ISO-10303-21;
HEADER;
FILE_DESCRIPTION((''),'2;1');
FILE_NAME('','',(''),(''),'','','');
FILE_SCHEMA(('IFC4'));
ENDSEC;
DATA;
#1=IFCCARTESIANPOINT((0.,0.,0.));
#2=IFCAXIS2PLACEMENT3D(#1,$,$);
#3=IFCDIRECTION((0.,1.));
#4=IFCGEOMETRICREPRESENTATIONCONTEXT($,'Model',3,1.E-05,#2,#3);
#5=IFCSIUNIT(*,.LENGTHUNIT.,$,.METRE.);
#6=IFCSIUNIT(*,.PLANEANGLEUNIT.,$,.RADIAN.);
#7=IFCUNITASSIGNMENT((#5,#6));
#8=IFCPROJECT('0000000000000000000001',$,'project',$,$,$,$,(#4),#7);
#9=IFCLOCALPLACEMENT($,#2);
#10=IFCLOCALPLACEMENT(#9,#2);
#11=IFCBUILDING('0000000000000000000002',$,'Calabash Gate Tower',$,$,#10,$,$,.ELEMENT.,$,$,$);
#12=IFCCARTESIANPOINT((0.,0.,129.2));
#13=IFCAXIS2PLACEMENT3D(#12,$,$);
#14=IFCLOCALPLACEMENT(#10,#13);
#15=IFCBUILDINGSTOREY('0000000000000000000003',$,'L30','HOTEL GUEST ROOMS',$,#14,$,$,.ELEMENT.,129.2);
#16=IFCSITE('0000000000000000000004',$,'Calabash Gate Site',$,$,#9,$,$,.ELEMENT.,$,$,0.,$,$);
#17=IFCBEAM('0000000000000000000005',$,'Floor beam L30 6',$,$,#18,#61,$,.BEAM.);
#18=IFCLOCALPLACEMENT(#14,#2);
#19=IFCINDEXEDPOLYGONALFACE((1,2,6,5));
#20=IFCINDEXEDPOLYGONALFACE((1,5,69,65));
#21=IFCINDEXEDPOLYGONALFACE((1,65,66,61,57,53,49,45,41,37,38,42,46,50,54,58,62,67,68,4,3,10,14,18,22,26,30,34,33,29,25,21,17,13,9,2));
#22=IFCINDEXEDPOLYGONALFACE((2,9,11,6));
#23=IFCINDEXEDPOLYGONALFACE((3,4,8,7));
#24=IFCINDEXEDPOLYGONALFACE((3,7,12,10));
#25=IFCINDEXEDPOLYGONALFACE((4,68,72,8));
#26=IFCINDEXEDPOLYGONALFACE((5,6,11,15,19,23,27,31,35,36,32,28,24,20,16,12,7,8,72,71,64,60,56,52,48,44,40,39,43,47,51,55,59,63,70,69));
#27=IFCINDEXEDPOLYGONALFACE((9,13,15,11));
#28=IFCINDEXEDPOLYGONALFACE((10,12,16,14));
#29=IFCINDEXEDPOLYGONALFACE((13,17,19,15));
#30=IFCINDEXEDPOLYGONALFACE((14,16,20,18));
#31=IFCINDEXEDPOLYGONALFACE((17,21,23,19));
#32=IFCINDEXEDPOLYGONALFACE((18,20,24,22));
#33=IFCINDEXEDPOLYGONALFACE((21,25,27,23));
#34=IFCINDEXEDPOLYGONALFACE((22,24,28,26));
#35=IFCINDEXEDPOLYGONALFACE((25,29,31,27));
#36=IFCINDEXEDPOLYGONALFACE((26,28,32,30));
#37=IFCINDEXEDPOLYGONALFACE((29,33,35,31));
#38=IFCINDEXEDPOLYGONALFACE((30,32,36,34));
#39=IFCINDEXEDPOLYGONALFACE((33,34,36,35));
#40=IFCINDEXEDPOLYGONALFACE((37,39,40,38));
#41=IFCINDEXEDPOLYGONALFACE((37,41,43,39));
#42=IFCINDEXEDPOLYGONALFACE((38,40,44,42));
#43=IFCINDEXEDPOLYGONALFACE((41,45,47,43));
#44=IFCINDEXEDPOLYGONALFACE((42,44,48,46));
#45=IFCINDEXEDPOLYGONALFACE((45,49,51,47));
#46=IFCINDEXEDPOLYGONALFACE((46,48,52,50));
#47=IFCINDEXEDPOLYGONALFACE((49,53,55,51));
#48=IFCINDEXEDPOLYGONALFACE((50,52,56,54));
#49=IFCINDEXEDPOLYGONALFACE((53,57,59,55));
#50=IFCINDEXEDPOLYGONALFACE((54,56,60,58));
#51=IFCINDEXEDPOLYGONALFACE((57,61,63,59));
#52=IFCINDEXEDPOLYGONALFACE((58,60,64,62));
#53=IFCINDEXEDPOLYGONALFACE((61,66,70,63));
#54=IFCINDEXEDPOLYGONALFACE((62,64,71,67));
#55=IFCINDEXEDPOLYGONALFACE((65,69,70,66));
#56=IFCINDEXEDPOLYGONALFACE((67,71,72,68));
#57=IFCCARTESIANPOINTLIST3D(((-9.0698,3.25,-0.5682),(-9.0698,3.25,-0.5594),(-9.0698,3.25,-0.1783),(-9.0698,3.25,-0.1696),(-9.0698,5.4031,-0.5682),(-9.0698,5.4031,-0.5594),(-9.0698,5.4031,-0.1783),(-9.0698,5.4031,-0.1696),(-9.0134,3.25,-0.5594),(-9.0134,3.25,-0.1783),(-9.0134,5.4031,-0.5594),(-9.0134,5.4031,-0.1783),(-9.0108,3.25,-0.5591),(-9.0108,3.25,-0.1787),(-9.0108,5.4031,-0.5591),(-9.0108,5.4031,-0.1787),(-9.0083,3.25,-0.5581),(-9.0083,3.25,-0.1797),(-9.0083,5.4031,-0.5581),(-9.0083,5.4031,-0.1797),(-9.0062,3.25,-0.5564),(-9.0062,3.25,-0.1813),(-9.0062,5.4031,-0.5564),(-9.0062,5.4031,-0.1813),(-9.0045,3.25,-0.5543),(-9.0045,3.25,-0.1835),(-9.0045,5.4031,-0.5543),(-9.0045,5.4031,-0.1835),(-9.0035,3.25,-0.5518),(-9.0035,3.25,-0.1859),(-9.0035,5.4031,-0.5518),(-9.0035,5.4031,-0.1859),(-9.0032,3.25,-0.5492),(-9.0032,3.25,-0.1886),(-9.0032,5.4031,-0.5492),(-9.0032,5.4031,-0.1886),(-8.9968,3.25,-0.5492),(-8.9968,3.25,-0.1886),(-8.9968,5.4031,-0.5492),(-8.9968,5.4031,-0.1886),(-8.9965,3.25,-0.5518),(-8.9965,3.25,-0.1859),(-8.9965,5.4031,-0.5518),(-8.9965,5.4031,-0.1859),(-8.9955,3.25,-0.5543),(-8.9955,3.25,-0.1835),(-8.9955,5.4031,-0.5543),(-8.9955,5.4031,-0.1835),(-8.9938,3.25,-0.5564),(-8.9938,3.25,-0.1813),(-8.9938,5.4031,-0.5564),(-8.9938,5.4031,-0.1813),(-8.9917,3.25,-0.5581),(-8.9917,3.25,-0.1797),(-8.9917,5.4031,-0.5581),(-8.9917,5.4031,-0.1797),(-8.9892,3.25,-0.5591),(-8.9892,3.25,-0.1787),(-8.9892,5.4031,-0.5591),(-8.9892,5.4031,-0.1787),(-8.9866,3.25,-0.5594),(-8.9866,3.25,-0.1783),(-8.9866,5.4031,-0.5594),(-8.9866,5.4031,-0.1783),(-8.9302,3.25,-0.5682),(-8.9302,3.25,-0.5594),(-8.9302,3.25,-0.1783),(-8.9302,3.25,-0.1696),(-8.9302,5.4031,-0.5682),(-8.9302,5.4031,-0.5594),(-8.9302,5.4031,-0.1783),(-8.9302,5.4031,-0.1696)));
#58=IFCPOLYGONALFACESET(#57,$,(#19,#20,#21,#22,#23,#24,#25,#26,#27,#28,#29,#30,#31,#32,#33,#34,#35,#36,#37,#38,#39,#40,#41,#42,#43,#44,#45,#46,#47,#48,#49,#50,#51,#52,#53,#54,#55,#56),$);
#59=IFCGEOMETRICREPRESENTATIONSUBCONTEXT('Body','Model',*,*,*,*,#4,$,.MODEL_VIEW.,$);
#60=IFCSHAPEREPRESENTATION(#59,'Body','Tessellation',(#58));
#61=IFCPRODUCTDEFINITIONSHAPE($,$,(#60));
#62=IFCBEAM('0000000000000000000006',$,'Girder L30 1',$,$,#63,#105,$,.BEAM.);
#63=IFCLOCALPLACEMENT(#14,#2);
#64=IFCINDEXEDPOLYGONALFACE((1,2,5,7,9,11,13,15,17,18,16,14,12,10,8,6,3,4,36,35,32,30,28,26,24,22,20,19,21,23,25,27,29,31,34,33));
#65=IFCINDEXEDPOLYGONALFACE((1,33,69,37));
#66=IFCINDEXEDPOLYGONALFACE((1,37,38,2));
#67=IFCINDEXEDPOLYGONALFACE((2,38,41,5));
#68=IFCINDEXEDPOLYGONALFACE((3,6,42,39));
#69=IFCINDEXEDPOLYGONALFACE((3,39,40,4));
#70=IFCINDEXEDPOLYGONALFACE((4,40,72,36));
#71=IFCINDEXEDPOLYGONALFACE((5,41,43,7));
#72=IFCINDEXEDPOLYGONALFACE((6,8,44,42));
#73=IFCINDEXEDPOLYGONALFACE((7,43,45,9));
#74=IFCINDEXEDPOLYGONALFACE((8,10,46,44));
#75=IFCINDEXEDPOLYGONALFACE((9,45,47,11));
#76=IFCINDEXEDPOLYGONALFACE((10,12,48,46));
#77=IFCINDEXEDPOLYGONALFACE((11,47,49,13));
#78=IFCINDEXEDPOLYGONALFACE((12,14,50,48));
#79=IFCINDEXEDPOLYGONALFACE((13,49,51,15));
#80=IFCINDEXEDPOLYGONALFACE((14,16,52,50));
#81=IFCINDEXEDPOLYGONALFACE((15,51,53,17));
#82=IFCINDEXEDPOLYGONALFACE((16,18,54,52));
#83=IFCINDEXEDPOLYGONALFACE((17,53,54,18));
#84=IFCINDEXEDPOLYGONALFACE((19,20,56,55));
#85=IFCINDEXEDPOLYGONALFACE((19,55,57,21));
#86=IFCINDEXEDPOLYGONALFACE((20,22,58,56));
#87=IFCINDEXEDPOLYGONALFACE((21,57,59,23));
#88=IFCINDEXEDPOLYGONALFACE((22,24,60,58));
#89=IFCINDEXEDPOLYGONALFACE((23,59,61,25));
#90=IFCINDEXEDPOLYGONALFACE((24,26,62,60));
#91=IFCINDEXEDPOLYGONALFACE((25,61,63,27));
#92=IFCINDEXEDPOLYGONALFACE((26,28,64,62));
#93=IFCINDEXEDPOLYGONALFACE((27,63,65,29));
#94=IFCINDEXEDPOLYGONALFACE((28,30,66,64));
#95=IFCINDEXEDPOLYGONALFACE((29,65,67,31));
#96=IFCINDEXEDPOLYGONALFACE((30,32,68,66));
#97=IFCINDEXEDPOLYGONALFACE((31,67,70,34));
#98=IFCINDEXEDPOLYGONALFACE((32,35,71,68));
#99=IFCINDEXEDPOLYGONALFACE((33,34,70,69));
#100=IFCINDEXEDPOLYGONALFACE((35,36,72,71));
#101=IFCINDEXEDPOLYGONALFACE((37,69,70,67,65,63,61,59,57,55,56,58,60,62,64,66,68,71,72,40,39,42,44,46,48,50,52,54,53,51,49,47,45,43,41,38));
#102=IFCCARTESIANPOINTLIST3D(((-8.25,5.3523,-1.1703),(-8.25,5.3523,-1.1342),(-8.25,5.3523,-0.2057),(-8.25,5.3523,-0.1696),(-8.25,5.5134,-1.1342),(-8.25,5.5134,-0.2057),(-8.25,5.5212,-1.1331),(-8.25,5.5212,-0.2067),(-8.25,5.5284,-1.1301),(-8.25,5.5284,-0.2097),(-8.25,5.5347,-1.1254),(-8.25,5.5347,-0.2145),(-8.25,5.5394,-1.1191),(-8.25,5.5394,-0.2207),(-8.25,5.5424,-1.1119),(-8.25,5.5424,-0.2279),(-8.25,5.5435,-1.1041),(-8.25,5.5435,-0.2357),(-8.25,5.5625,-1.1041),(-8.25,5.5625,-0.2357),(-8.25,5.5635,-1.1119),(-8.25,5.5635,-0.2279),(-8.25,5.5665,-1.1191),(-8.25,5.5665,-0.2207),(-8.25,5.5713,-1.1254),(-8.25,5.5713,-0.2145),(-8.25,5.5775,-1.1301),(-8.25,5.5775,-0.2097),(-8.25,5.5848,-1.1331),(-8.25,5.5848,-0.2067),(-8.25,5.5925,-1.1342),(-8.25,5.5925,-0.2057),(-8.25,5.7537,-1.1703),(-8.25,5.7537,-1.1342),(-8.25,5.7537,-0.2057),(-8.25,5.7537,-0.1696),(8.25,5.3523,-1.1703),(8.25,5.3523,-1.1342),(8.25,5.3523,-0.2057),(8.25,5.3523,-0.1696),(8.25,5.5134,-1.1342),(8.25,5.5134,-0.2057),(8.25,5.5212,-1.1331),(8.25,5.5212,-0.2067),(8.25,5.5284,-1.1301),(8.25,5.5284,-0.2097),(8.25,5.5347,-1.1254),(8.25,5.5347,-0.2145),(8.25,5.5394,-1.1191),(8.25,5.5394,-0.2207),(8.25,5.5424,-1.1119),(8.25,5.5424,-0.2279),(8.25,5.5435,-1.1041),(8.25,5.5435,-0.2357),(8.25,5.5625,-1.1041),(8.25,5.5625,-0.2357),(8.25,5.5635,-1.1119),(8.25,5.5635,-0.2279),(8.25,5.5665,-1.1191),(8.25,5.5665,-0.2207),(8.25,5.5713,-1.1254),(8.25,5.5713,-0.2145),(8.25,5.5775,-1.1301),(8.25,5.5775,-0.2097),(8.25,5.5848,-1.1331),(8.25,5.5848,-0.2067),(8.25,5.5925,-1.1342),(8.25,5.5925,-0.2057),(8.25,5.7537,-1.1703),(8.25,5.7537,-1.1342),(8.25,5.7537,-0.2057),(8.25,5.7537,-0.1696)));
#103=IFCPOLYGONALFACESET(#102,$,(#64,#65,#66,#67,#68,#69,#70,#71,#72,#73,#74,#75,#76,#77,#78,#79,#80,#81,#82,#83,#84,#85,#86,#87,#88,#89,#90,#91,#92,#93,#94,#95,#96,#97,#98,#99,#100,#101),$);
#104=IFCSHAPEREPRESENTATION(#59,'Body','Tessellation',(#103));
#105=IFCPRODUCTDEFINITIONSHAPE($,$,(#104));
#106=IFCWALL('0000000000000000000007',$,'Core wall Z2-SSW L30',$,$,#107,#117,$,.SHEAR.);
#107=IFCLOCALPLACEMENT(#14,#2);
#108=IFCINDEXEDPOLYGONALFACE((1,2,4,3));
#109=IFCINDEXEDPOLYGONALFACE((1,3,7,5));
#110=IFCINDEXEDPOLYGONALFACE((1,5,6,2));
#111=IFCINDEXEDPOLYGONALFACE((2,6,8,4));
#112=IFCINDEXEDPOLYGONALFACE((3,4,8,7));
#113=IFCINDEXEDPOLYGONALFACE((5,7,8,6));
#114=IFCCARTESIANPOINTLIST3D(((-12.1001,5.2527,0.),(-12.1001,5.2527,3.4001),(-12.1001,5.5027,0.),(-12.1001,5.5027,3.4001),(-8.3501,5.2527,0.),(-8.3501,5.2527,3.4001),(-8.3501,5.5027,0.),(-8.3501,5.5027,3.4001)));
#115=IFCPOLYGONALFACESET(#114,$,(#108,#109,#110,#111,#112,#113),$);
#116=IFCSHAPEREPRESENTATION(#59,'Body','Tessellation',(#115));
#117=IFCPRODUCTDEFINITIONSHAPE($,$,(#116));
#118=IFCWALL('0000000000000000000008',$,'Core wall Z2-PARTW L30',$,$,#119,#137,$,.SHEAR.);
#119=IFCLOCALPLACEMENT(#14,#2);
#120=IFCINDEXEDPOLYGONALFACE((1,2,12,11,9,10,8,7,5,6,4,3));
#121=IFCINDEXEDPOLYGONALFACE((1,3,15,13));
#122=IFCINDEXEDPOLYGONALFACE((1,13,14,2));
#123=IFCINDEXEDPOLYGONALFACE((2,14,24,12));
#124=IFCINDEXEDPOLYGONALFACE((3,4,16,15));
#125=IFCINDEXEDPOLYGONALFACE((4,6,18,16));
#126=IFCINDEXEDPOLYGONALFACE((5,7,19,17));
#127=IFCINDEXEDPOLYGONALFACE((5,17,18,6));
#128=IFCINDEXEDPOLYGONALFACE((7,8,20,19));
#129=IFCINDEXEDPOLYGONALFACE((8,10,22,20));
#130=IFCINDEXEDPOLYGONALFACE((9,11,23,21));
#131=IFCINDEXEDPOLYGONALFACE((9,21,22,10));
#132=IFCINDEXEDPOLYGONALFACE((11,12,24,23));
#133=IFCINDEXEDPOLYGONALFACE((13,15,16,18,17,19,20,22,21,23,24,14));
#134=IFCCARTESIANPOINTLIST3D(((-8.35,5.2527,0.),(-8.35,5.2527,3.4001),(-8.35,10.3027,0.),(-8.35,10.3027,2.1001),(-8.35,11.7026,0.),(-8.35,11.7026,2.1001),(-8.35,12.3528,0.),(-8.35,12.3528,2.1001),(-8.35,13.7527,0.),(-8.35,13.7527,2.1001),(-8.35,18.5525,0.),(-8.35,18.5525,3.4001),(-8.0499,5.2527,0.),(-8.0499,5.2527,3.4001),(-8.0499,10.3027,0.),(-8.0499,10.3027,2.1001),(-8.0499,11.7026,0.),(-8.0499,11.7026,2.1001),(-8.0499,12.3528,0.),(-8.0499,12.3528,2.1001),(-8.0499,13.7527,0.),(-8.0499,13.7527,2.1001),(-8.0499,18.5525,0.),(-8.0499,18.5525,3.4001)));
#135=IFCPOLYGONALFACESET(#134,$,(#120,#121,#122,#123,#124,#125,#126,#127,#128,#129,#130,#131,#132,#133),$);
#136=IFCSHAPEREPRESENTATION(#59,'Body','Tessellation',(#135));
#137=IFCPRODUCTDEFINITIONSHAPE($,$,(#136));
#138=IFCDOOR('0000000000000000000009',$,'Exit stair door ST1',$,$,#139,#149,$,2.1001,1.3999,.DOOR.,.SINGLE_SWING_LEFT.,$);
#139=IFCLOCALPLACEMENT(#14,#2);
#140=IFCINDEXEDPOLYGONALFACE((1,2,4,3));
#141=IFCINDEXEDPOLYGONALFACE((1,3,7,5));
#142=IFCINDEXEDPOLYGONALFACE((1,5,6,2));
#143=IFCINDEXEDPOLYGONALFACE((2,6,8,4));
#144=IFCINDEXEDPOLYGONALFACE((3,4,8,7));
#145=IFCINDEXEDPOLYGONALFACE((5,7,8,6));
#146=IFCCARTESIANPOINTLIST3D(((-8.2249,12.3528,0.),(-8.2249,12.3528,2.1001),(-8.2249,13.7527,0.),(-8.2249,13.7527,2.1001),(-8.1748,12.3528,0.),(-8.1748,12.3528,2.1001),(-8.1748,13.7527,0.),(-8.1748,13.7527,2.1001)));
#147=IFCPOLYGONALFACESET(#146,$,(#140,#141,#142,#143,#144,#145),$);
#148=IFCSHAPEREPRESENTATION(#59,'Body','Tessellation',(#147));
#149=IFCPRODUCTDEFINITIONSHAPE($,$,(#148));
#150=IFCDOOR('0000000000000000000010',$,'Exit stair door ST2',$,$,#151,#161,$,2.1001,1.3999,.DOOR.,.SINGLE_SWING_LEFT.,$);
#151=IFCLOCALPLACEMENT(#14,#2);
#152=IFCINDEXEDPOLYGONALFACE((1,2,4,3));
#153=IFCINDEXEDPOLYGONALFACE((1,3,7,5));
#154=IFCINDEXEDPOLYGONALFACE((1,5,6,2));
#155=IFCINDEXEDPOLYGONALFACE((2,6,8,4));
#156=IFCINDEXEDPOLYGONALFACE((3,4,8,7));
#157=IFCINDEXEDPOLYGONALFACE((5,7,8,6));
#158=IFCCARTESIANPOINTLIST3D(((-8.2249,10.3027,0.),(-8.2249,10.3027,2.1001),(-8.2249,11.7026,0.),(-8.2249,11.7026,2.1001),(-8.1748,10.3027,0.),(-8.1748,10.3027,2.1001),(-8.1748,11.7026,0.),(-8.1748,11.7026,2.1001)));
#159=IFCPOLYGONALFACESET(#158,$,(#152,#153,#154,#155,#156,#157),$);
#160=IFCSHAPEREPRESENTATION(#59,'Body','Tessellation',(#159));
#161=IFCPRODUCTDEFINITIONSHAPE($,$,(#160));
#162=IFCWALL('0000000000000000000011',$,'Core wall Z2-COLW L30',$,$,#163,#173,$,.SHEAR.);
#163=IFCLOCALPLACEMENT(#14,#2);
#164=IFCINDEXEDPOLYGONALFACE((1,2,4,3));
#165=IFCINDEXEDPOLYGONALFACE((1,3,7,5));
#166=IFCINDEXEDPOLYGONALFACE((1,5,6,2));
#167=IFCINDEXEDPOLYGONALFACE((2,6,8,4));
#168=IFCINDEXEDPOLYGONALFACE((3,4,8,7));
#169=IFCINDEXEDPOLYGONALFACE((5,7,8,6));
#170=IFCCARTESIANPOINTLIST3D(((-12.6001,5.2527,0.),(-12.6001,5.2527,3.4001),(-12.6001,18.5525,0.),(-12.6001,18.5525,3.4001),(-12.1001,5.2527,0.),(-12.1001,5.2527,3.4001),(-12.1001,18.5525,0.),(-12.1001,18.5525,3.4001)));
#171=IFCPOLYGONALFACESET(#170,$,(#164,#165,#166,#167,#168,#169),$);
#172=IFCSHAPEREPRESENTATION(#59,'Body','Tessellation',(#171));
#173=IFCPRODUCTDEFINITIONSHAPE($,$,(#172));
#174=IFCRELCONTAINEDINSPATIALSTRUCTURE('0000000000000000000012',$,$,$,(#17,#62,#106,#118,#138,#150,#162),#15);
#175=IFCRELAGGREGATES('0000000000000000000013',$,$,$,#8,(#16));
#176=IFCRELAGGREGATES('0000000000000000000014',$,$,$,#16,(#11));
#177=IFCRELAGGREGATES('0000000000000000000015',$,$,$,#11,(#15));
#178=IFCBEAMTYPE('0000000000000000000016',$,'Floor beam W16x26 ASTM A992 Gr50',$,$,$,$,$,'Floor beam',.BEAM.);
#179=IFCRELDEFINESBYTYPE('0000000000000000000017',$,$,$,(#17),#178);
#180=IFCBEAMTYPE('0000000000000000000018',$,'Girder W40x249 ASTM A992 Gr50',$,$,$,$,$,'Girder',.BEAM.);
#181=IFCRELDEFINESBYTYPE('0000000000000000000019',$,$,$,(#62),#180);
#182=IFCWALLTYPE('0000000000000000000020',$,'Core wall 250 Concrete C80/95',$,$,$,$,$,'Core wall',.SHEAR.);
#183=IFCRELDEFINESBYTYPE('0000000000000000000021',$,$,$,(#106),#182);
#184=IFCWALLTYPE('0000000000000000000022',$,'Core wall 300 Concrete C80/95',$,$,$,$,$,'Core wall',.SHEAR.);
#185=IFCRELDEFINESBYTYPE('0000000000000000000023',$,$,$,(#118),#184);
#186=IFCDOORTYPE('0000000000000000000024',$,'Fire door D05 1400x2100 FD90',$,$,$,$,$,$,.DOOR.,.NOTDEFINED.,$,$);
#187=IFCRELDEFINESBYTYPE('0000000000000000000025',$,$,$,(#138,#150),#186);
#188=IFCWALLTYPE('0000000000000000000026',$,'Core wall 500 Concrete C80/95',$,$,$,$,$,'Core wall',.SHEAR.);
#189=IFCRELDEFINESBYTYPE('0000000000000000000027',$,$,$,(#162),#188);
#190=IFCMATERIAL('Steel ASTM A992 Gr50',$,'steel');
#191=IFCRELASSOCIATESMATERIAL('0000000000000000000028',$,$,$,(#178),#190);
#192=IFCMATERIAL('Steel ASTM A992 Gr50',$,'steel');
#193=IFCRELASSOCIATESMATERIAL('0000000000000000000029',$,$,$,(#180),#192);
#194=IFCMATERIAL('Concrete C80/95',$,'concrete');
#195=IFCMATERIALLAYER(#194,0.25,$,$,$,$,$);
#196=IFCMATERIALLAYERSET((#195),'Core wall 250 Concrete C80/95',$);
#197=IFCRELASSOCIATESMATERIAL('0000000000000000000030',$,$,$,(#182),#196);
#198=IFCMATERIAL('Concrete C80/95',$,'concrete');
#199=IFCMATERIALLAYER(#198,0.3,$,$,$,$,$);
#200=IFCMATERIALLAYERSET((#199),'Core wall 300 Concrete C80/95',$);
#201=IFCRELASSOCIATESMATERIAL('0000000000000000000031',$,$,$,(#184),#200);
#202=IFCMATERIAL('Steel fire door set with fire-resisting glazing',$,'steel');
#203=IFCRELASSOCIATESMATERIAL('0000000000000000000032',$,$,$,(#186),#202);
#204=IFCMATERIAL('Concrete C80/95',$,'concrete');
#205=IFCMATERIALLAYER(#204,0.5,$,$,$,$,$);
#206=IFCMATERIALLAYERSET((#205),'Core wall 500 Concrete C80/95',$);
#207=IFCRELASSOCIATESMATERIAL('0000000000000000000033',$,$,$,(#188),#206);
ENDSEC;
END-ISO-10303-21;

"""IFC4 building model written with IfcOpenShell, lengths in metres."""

from ifc_helpers import new_model, si_unit, direction, frame, frame_2d, origin, origin_2d, place, context, subcontext, project, spatial, rectangle, i_section, extrude, material, layer, layer_set, material_profile, profile_set, type_object, element, fill, save


model = new_model("IFC4")

# Units and contexts
model_context = context("Model", 3, precision=1e-05, world=origin(), true_north=direction((0.0, 1.0)))
body_context = subcontext(model_context, "Body", "Model", "MODEL_VIEW")
ifc_project = project(units=[si_unit("LENGTHUNIT", "METRE"), si_unit("PLANEANGLEUNIT", "RADIAN")], contexts=[model_context])

# Site, building, storey
site_placement = place(None, origin())
site = spatial("IfcSite", under=ifc_project, at=site_placement, Name="Calabash Gate Site", CompositionType="ELEMENT", RefElevation=0.0)
building_placement = place(site_placement, origin())
building = spatial("IfcBuilding", under=site, at=building_placement, Name="Calabash Gate Tower", CompositionType="ELEMENT")
storey_placement = place(building_placement, frame((0.0, 0.0, 129.2)))
storey = spatial("IfcBuildingStorey", under=building, at=storey_placement, Name="L30", Description="HOTEL GUEST ROOMS", CompositionType="ELEMENT", Elevation=129.2)

# Beams
ifc_material_1 = material(Name="Steel ASTM A992 Gr50", Category="steel")
ifc_material_profile_1 = material_profile(ifc_material_1, i_section(OverallWidth=0.1396, OverallDepth=0.3987, WebThickness=0.0063, FlangeThickness=0.0088, FilletRadius=0.0103, at=origin_2d()))
ifc_profile_set_1 = profile_set([ifc_material_profile_1], Name="Steel ASTM A992 Gr50")
beam_type_1 = type_object("IfcBeamType", Name="Floor beam W16x26 ASTM A992 Gr50", ElementType="Floor beam", PredefinedType="BEAM", material=ifc_profile_set_1)
beam_1_placement = place(storey_placement, frame((-9.0, 3.25, -0.3689), z_axis=(0.0, 1.0, 0.0), x_axis=(-1.0, 0.0, 0.0)))
element("IfcBeam", 1, at=beam_1_placement, inside=storey, type_object=beam_type_1, Name="Floor beam L30 6", PredefinedType="BEAM", context=body_context, shape_type="SweptSolid", body=[
    extrude(i_section(OverallWidth=0.1396, OverallDepth=0.3987, WebThickness=0.0063, FlangeThickness=0.0088, FilletRadius=0.0103, at=origin_2d()), origin(), (0.0, 0.0, 1.0), 2.1531),
])
ifc_material_2 = material(Name="Steel ASTM A992 Gr50", Category="steel")
ifc_material_profile_2 = material_profile(ifc_material_2, i_section(OverallWidth=0.4014, OverallDepth=1.0007, WebThickness=0.019, FlangeThickness=0.0361, FilletRadius=0.03, at=origin_2d()))
ifc_profile_set_2 = profile_set([ifc_material_profile_2], Name="Steel ASTM A992 Gr50")
beam_type_2 = type_object("IfcBeamType", Name="Girder W40x249 ASTM A992 Gr50", ElementType="Girder", PredefinedType="BEAM", material=ifc_profile_set_2)
beam_2_placement = place(storey_placement, frame((-8.25, 5.553, -0.6699), z_axis=(1.0, 0.0, 0.0), x_axis=(0.0, 1.0, 0.0)))
element("IfcBeam", 2, at=beam_2_placement, inside=storey, type_object=beam_type_2, Name="Girder L30 1", PredefinedType="BEAM", context=body_context, shape_type="SweptSolid", body=[
    extrude(i_section(OverallWidth=0.4014, OverallDepth=1.0007, WebThickness=0.019, FlangeThickness=0.0361, FilletRadius=0.03, at=origin_2d()), origin(), (0.0, 0.0, 1.0), 16.5),
])

# Wall
ifc_material_3 = material(Name="Concrete C80/95", Category="concrete")
ifc_layer_1 = layer(ifc_material_3, 0.25)
ifc_layer_set_1 = layer_set([ifc_layer_1], Name="Core wall 250 Concrete C80/95")
wall_type_1 = type_object("IfcWallType", Name="Core wall 250 Concrete C80/95", ElementType="Core wall", PredefinedType="SHEAR", material=ifc_layer_set_1)
wall_1_placement = place(storey_placement, frame((-12.1001, 5.3777, 0.0), z_axis=(0.0, 0.0, 1.0), x_axis=(1.0, 0.0, 0.0)))
element("IfcWall", 3, at=wall_1_placement, inside=storey, type_object=wall_type_1, Name="Core wall Z2-SSW L30", PredefinedType="SHEAR", context=body_context, shape_type="SweptSolid", body=[
    extrude(rectangle(XDim=3.75, YDim=0.25, at=frame_2d((1.875, 0.0))), origin(), (0.0, 0.0, 1.0), 3.4001),
])

# Wall, openings, doors
ifc_material_4 = material(Name="Concrete C80/95", Category="concrete")
ifc_layer_2 = layer(ifc_material_4, 0.3)
ifc_layer_set_2 = layer_set([ifc_layer_2], Name="Core wall 300 Concrete C80/95")
wall_type_2 = type_object("IfcWallType", Name="Core wall 300 Concrete C80/95", ElementType="Core wall", PredefinedType="SHEAR", material=ifc_layer_set_2)
wall_2_placement = place(storey_placement, frame((-8.2, 5.2527, 0.0), z_axis=(0.0, 0.0, 1.0), x_axis=(0.0, 1.0, 0.0)))
wall_2 = element("IfcWall", 4, at=wall_2_placement, inside=storey, type_object=wall_type_2, Name="Core wall Z2-PARTW L30", PredefinedType="SHEAR", context=body_context, shape_type="SweptSolid", body=[
    extrude(rectangle(XDim=13.2998, YDim=0.3, at=frame_2d((6.6499, 0.0))), origin(), (0.0, 0.0, 1.0), 3.4001),
])
opening_1_placement = place(wall_2_placement, frame((7.1001, 0.0, 0.0)))
opening_1 = element("IfcOpeningElement", 5, at=opening_1_placement, cuts=wall_2, PredefinedType="OPENING", context=body_context, shape_type="SweptSolid", body=[
    extrude(rectangle(XDim=1.3999, YDim=2.1001, at=frame_2d((0.7, 1.05))), frame((0.0, 0.1599, 0.0), z_axis=(0.0, -1.0, 0.0), x_axis=(1.0, 0.0, 0.0)), (0.0, 0.0, 1.0), 0.3201),
])
opening_2_placement = place(wall_2_placement, frame((5.05, 0.0, 0.0)))
opening_2 = element("IfcOpeningElement", 6, at=opening_2_placement, cuts=wall_2, PredefinedType="OPENING", context=body_context, shape_type="SweptSolid", body=[
    extrude(rectangle(XDim=1.3999, YDim=2.1001, at=frame_2d((0.7, 1.05))), frame((0.0, 0.1599, 0.0), z_axis=(0.0, -1.0, 0.0), x_axis=(1.0, 0.0, 0.0)), (0.0, 0.0, 1.0), 0.3201),
])
ifc_material_5 = material(Name="Steel fire door set with fire-resisting glazing", Category="steel")
door_type_1 = type_object("IfcDoorType", Name="Fire door D05 1400x2100 FD90", OperationType="NOTDEFINED", PredefinedType="DOOR", material=ifc_material_5)
door_1_placement = place(opening_1_placement, origin())
door_1 = element("IfcDoor", 7, at=door_1_placement, inside=storey, type_object=door_type_1, Name="Exit stair door ST1", OperationType="SINGLE_SWING_LEFT", OverallHeight=2.1001, OverallWidth=1.3999, PredefinedType="DOOR", context=body_context, shape_type="SweptSolid", body=[
    extrude(rectangle(XDim=1.3999, YDim=2.1001, at=frame_2d((0.7, 1.05))), frame((0.0, 0.0249, 0.0), z_axis=(0.0, -1.0, 0.0), x_axis=(1.0, 0.0, 0.0)), (0.0, 0.0, 1.0), 0.05),
])
fill(opening_1, door_1)
door_2_placement = place(opening_2_placement, origin())
door_2 = element("IfcDoor", 8, at=door_2_placement, inside=storey, type_object=door_type_1, Name="Exit stair door ST2", OperationType="SINGLE_SWING_LEFT", OverallHeight=2.1001, OverallWidth=1.3999, PredefinedType="DOOR", context=body_context, shape_type="SweptSolid", body=[
    extrude(rectangle(XDim=1.3999, YDim=2.1001, at=frame_2d((0.7, 1.05))), frame((0.0, 0.0249, 0.0), z_axis=(0.0, -1.0, 0.0), x_axis=(1.0, 0.0, 0.0)), (0.0, 0.0, 1.0), 0.05),
])
fill(opening_2, door_2)

# Wall
ifc_material_6 = material(Name="Concrete C80/95", Category="concrete")
ifc_layer_3 = layer(ifc_material_6, 0.5)
ifc_layer_set_3 = layer_set([ifc_layer_3], Name="Core wall 500 Concrete C80/95")
wall_type_3 = type_object("IfcWallType", Name="Core wall 500 Concrete C80/95", ElementType="Core wall", PredefinedType="SHEAR", material=ifc_layer_set_3)
wall_3_placement = place(storey_placement, frame((-12.3501, 5.2527, 0.0), z_axis=(0.0, 0.0, 1.0), x_axis=(0.0, 1.0, 0.0)))
element("IfcWall", 9, at=wall_3_placement, inside=storey, type_object=wall_type_3, Name="Core wall Z2-COLW L30", PredefinedType="SHEAR", context=body_context, shape_type="SweptSolid", body=[
    extrude(rectangle(XDim=13.2998, YDim=0.5, at=frame_2d((6.6499, 0.0))), origin(), (0.0, 0.0, 1.0), 3.4001),
])

save(model, "model.ifc")
